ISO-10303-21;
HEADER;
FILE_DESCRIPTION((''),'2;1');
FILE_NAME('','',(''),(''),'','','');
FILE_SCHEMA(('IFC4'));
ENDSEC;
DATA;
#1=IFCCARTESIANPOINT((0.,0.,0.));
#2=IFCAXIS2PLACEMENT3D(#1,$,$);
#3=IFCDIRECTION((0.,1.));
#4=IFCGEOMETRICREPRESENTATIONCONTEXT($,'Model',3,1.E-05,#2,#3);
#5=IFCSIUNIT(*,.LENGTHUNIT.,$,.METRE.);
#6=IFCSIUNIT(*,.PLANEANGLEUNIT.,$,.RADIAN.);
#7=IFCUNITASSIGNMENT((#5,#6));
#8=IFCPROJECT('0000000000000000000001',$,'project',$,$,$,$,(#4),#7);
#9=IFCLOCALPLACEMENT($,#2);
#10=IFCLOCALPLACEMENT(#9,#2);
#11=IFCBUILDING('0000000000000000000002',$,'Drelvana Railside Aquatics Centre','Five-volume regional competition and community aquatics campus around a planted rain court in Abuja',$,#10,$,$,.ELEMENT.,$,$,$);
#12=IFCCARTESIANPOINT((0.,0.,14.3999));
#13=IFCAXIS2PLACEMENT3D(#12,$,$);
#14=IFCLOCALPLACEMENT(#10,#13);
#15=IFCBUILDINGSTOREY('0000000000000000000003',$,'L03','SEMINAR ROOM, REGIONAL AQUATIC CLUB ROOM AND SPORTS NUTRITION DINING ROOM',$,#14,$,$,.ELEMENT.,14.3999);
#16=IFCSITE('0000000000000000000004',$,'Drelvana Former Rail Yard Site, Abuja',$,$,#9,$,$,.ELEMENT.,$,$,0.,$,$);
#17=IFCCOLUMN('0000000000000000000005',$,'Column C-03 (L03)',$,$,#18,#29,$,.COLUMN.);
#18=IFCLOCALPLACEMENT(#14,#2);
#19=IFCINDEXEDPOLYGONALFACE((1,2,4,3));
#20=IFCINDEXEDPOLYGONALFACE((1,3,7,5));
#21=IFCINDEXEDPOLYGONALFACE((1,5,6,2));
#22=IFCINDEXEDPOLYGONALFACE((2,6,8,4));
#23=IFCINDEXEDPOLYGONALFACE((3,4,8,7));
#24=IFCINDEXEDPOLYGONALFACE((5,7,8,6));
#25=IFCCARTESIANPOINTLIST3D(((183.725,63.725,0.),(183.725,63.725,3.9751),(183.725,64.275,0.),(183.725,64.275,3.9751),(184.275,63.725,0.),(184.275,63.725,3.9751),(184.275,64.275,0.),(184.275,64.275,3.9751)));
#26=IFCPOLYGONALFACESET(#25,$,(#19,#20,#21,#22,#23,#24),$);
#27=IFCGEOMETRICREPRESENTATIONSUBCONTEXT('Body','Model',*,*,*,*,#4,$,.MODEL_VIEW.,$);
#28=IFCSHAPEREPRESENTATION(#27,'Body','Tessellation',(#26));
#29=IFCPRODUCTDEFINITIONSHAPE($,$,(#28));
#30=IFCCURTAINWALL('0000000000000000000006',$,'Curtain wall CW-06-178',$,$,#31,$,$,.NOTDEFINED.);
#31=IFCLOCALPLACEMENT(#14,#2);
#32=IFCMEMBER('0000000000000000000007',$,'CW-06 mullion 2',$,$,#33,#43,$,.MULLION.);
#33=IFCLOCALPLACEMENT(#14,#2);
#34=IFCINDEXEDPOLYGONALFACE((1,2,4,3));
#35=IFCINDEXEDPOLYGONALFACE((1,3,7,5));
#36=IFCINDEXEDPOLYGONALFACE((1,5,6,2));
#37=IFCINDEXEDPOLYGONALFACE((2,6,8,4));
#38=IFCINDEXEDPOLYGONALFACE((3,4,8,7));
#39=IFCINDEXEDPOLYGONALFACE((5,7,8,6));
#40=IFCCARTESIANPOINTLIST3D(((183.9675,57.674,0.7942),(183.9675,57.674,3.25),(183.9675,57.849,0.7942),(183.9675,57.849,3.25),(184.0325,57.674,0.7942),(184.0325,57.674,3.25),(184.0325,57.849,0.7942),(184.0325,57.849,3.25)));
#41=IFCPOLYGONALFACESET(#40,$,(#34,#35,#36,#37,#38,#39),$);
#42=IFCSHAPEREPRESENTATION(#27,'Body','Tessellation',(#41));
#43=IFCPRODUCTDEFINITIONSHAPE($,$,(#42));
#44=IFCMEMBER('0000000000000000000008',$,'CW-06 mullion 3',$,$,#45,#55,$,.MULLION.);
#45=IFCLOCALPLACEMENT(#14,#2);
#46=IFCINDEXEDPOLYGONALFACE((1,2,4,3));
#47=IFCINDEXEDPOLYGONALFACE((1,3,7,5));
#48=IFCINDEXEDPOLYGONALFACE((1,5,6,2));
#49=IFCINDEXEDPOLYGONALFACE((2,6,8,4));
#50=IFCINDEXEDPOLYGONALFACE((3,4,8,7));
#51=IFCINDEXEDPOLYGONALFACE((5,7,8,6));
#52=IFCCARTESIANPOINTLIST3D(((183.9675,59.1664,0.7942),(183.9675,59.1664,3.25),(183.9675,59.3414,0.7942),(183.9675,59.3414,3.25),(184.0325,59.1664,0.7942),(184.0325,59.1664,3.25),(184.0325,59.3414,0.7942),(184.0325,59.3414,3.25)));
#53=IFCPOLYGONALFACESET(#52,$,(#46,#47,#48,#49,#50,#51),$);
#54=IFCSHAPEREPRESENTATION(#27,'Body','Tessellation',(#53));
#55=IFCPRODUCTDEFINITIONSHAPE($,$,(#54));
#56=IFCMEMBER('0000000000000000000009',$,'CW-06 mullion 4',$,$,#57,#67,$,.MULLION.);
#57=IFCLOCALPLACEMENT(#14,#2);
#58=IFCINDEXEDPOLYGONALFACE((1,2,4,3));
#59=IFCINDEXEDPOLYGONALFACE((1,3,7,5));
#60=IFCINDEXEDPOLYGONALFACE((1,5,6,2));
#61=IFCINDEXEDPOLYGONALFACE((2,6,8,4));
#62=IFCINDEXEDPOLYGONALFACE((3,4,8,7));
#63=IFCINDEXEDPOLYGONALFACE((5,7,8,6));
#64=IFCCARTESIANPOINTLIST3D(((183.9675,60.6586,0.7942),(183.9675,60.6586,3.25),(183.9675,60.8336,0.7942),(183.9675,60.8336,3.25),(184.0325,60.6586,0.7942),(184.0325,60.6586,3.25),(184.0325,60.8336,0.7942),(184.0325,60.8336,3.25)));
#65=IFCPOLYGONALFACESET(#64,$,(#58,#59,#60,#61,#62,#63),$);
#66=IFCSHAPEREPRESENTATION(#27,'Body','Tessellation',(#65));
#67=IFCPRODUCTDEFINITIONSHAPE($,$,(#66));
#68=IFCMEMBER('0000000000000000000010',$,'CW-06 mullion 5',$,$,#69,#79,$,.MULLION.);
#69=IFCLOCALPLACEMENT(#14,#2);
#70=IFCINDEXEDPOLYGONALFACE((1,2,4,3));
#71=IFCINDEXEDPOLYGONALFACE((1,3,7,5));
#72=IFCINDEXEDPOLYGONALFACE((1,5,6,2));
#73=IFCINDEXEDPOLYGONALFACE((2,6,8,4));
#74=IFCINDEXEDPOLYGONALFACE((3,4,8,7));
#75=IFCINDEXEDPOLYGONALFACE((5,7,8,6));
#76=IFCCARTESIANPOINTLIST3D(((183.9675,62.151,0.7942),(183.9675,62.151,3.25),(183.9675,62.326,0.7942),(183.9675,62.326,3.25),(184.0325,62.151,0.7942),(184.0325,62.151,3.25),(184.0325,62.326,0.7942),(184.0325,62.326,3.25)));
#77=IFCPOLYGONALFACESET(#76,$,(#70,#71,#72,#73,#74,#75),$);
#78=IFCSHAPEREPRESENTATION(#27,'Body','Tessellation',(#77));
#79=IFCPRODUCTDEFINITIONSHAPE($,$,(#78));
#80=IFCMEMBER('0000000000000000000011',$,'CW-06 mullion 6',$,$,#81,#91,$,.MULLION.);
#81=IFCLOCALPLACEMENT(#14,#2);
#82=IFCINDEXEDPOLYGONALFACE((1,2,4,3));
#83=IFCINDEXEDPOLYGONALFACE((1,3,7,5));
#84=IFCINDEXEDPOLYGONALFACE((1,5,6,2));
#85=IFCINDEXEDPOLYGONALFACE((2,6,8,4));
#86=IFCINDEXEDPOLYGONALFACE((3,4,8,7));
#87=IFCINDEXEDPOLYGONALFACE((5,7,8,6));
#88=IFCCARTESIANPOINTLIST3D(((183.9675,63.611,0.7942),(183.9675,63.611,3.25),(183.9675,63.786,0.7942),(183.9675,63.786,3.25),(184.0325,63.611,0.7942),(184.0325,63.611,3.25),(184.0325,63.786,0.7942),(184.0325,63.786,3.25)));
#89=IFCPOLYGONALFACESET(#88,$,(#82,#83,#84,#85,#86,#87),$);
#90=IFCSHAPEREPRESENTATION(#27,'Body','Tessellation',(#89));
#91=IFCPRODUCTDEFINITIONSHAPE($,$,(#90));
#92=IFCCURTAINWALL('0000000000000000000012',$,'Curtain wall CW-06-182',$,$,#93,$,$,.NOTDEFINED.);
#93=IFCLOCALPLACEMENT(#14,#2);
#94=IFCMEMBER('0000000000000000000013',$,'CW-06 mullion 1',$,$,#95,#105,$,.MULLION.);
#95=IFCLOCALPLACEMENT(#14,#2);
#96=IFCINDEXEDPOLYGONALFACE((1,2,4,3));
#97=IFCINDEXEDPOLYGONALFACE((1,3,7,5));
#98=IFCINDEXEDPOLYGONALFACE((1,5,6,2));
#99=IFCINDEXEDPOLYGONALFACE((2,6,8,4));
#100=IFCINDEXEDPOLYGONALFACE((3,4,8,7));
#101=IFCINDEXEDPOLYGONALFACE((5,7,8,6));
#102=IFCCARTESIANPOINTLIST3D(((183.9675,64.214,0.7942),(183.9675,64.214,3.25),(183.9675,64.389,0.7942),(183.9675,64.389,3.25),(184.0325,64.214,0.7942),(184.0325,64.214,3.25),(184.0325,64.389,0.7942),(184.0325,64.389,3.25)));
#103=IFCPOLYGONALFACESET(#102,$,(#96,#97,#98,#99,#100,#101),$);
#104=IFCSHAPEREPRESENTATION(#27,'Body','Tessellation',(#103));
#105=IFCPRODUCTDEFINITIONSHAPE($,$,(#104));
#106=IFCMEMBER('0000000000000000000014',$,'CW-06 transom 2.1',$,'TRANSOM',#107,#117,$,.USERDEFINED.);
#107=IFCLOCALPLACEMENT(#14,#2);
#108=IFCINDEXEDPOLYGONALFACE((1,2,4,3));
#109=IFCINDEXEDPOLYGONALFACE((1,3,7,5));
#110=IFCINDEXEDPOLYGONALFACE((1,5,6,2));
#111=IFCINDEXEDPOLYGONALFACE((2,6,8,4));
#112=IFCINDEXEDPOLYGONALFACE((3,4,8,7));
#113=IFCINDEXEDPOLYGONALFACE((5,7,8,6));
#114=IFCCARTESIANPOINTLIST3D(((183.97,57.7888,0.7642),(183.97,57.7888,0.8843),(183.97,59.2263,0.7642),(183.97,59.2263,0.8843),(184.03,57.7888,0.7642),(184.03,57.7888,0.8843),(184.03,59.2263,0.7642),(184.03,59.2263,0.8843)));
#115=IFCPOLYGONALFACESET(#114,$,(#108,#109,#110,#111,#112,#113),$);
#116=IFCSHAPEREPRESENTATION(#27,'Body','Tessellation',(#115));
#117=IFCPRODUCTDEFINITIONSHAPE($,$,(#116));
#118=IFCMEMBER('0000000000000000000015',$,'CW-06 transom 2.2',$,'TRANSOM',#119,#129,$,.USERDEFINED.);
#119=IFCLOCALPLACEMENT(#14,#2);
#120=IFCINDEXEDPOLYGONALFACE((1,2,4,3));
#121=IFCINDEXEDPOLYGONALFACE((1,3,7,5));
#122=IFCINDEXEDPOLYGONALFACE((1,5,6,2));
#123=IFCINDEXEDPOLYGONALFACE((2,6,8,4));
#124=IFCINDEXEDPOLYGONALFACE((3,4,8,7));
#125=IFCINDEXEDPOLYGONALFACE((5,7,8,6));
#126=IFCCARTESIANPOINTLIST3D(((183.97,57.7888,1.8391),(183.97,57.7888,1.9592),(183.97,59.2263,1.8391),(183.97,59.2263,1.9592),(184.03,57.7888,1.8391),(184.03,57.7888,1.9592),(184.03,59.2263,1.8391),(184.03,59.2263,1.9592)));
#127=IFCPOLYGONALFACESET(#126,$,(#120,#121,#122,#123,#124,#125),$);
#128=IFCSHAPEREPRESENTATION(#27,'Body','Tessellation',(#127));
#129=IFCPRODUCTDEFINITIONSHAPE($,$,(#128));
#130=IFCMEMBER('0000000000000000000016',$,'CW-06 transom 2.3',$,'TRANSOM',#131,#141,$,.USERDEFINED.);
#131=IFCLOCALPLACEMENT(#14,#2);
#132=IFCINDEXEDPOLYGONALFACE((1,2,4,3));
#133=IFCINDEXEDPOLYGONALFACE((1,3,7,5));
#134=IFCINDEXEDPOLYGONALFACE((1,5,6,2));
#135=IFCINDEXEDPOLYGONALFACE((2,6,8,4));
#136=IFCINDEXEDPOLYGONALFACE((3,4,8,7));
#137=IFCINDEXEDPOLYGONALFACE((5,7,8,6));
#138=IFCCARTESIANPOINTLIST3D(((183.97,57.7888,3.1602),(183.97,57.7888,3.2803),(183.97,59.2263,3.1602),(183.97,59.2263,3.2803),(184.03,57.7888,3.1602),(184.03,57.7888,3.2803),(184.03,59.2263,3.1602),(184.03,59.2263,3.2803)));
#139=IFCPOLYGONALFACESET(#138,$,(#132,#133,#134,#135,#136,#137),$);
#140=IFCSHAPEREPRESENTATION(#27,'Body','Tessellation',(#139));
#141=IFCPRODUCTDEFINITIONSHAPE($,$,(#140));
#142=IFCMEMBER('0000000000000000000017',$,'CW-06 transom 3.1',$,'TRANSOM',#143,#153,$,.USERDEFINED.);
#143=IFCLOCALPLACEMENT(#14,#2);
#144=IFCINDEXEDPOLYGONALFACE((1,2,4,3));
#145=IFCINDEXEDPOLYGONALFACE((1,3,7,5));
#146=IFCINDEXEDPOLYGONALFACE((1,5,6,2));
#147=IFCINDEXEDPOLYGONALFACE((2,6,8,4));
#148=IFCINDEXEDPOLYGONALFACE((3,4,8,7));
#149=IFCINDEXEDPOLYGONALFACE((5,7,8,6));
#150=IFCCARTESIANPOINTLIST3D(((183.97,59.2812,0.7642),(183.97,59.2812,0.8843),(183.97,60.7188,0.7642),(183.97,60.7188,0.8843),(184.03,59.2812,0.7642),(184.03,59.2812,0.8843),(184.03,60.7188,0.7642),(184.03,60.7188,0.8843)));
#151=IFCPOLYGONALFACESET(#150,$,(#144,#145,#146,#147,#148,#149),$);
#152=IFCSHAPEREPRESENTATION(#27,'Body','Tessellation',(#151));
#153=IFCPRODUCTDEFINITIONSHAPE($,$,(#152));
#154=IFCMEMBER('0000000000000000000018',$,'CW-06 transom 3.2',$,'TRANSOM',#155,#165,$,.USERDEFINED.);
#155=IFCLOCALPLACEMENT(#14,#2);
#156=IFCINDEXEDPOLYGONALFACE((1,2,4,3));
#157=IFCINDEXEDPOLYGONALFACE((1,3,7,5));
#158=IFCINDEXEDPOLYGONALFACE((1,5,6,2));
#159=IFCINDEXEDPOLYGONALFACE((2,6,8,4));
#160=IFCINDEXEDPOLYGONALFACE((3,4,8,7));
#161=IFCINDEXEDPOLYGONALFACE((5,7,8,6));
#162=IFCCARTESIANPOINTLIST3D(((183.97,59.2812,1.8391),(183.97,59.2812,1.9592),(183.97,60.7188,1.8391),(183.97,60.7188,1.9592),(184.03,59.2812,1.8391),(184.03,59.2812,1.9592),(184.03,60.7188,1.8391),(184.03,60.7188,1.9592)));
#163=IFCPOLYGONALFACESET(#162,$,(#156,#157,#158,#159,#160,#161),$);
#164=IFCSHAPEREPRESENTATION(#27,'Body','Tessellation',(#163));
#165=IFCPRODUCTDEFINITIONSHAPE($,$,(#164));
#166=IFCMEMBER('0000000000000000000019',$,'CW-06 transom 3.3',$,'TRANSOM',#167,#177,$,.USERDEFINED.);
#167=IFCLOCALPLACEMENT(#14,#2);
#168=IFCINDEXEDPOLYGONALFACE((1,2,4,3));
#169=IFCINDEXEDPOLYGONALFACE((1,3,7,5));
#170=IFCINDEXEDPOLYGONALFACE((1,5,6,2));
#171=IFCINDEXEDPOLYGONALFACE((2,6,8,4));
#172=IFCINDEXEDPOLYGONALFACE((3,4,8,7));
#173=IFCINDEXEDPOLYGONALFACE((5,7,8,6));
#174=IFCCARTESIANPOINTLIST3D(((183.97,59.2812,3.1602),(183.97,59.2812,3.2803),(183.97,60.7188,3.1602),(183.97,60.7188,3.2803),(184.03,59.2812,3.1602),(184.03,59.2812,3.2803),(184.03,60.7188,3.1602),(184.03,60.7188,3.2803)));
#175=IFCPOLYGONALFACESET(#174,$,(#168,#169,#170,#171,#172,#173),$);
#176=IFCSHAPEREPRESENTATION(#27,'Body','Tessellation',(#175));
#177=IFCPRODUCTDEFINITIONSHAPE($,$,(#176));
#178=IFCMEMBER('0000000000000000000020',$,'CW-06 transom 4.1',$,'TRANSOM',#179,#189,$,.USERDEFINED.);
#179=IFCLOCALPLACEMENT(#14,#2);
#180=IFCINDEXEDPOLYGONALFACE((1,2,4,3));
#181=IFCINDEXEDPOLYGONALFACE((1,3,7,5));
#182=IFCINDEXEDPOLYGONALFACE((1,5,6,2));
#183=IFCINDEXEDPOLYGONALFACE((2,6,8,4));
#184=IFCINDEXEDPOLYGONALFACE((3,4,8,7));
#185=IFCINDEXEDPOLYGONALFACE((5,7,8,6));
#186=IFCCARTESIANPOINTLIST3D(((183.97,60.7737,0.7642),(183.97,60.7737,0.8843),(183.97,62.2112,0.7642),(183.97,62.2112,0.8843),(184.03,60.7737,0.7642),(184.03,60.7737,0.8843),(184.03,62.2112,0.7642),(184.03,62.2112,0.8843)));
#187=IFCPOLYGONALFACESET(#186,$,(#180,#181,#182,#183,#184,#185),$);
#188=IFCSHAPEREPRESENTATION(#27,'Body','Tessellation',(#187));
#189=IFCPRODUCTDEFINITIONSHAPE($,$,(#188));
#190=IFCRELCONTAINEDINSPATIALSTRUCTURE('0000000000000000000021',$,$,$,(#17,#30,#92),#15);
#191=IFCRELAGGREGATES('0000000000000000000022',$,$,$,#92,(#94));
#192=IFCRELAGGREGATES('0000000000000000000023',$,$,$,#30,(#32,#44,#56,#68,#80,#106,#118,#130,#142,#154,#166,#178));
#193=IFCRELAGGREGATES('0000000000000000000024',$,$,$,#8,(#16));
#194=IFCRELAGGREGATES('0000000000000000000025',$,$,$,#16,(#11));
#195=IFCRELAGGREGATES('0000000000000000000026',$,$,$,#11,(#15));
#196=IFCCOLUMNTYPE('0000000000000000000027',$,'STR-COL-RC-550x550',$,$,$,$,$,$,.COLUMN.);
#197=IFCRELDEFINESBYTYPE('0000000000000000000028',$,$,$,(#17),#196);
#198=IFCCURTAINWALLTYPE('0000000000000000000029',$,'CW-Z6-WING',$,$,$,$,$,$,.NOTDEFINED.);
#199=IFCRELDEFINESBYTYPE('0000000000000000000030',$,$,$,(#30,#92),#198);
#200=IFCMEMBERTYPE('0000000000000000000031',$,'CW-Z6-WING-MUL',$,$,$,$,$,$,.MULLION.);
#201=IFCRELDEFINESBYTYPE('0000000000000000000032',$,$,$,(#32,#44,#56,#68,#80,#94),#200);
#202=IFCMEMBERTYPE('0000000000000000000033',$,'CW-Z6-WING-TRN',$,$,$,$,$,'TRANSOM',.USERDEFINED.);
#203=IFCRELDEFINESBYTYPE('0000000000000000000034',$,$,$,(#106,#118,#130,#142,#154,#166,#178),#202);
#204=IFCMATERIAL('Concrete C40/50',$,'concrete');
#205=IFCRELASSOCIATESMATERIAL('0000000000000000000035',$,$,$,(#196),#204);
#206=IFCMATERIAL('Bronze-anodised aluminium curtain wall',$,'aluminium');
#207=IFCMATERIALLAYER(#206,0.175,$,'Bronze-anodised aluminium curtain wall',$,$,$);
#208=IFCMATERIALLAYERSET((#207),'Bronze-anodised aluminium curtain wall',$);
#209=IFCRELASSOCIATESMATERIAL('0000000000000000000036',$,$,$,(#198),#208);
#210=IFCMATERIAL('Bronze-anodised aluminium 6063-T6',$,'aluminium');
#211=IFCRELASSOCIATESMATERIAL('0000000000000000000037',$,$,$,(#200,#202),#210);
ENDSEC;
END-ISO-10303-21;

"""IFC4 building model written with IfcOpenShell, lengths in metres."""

from ifc_helpers import new_model, si_unit, direction, frame, origin, origin_2d, place, context, subcontext, project, spatial, rectangle, extrude, material, layer, layer_set, material_profile, profile_set, type_object, element, aggregate, save


model = new_model("IFC4")

# Units and contexts
model_context = context("Model", 3, precision=1e-05, world=origin(), true_north=direction((0.0, 1.0)))
body_context = subcontext(model_context, "Body", "Model", "MODEL_VIEW")
ifc_project = project(units=[si_unit("LENGTHUNIT", "METRE"), si_unit("PLANEANGLEUNIT", "RADIAN")], contexts=[model_context])

# Site, building, storey
site_placement = place(None, origin())
site = spatial("IfcSite", under=ifc_project, at=site_placement, Name="Drelvana Former Rail Yard Site, Abuja", CompositionType="ELEMENT", RefElevation=0.0)
building_placement = place(site_placement, origin())
building = spatial("IfcBuilding", under=site, at=building_placement, Name="Drelvana Railside Aquatics Centre", Description="Five-volume regional competition and community aquatics campus around a planted rain court in Abuja", CompositionType="ELEMENT")
storey_placement = place(building_placement, frame((0.0, 0.0, 14.3999)))
storey = spatial("IfcBuildingStorey", under=building, at=storey_placement, Name="L03", Description="SEMINAR ROOM, REGIONAL AQUATIC CLUB ROOM AND SPORTS NUTRITION DINING ROOM", CompositionType="ELEMENT", Elevation=14.3999)

# Column
ifc_material_1 = material(Name="Concrete C40/50", Category="concrete")
ifc_material_profile_1 = material_profile(ifc_material_1, rectangle(XDim=0.55, YDim=0.55, at=origin_2d()), Name="RC 550x550")
ifc_profile_set_1 = profile_set([ifc_material_profile_1], Name="Concrete C40/50")
column_type = type_object("IfcColumnType", Name="STR-COL-RC-550x550", PredefinedType="COLUMN", material=ifc_profile_set_1)
column_placement = place(storey_placement, frame((184.0, 64.0, 0.0), z_axis=(0.0, 0.0, 1.0), x_axis=(1.0, 0.0, 0.0)))
element("IfcColumn", 1, at=column_placement, inside=storey, type_object=column_type, Name="Column C-03 (L03)", PredefinedType="COLUMN", context=body_context, shape_type="SweptSolid", body=[
    extrude(rectangle(XDim=0.55, YDim=0.55, at=origin_2d()), origin(), (0.0, 0.0, 1.0), 3.9751),
])

# Curtain wall, members
ifc_material_2 = material(Name="Bronze-anodised aluminium curtain wall", Category="aluminium")
ifc_layer_1 = layer(ifc_material_2, 0.175, Name="Bronze-anodised aluminium curtain wall")
ifc_layer_set_1 = layer_set([ifc_layer_1], Name="Bronze-anodised aluminium curtain wall")
curtain_wall_type = type_object("IfcCurtainWallType", Name="CW-Z6-WING", PredefinedType="NOTDEFINED", material=ifc_layer_set_1)
curtain_wall_1_placement = place(storey_placement, origin())
curtain_wall_1 = element("IfcCurtainWall", 2, at=curtain_wall_1_placement, inside=storey, type_object=curtain_wall_type, Name="Curtain wall CW-06-178", PredefinedType="NOTDEFINED")
ifc_material_3 = material(Name="Bronze-anodised aluminium 6063-T6", Category="aluminium")
ifc_material_profile_2 = material_profile(ifc_material_3, rectangle(XDim=0.0649, YDim=0.175, at=origin_2d()), Name="ALU-M 65x175")
ifc_profile_set_2 = profile_set([ifc_material_profile_2], Name="Bronze-anodised aluminium 6063-T6")
member_type_1 = type_object("IfcMemberType", Name="CW-Z6-WING-MUL", PredefinedType="MULLION", material=ifc_profile_set_2)
member_1_placement = place(storey_placement, frame((184.0, 57.7615, 0.7942), z_axis=(0.0, 0.0, 1.0), x_axis=(-1.0, 0.0, 0.0)))
member_1 = element("IfcMember", 3, at=member_1_placement, type_object=member_type_1, Name="CW-06 mullion 2", PredefinedType="MULLION", context=body_context, shape_type="SweptSolid", body=[
    extrude(rectangle(XDim=0.0649, YDim=0.175, at=origin_2d()), origin(), (0.0, 0.0, 1.0), 2.4558),
])
member_2_placement = place(storey_placement, frame((184.0, 59.2539, 0.7942), z_axis=(0.0, 0.0, 1.0), x_axis=(-1.0, 0.0, 0.0)))
member_2 = element("IfcMember", 4, at=member_2_placement, type_object=member_type_1, Name="CW-06 mullion 3", PredefinedType="MULLION", context=body_context, shape_type="SweptSolid", body=[
    extrude(rectangle(XDim=0.0649, YDim=0.175, at=origin_2d()), origin(), (0.0, 0.0, 1.0), 2.4558),
])
member_3_placement = place(storey_placement, frame((184.0, 60.7461, 0.7942), z_axis=(0.0, 0.0, 1.0), x_axis=(-1.0, 0.0, 0.0)))
member_3 = element("IfcMember", 5, at=member_3_placement, type_object=member_type_1, Name="CW-06 mullion 4", PredefinedType="MULLION", context=body_context, shape_type="SweptSolid", body=[
    extrude(rectangle(XDim=0.0649, YDim=0.175, at=origin_2d()), origin(), (0.0, 0.0, 1.0), 2.4558),
])
member_4_placement = place(storey_placement, frame((184.0, 62.2385, 0.7942), z_axis=(0.0, 0.0, 1.0), x_axis=(-1.0, 0.0, 0.0)))
member_4 = element("IfcMember", 6, at=member_4_placement, type_object=member_type_1, Name="CW-06 mullion 5", PredefinedType="MULLION", context=body_context, shape_type="SweptSolid", body=[
    extrude(rectangle(XDim=0.0649, YDim=0.175, at=origin_2d()), origin(), (0.0, 0.0, 1.0), 2.4558),
])
member_5_placement = place(storey_placement, frame((184.0, 63.6985, 0.7942), z_axis=(0.0, 0.0, 1.0), x_axis=(-1.0, 0.0, 0.0)))
member_5 = element("IfcMember", 7, at=member_5_placement, type_object=member_type_1, Name="CW-06 mullion 6", PredefinedType="MULLION", context=body_context, shape_type="SweptSolid", body=[
    extrude(rectangle(XDim=0.0649, YDim=0.175, at=origin_2d()), origin(), (0.0, 0.0, 1.0), 2.4558),
])

# Curtain wall, member
curtain_wall_2_placement = place(storey_placement, origin())
curtain_wall_2 = element("IfcCurtainWall", 8, at=curtain_wall_2_placement, inside=storey, type_object=curtain_wall_type, Name="Curtain wall CW-06-182", PredefinedType="NOTDEFINED")
member_6_placement = place(storey_placement, frame((184.0, 64.3015, 0.7942), z_axis=(0.0, 0.0, 1.0), x_axis=(-1.0, 0.0, 0.0)))
member_6 = element("IfcMember", 9, at=member_6_placement, type_object=member_type_1, Name="CW-06 mullion 1", PredefinedType="MULLION", context=body_context, shape_type="SweptSolid", body=[
    extrude(rectangle(XDim=0.0649, YDim=0.175, at=origin_2d()), origin(), (0.0, 0.0, 1.0), 2.4558),
])
aggregate(curtain_wall_2, [member_6])

# Members
ifc_material_profile_3 = material_profile(ifc_material_3, rectangle(XDim=0.1201, YDim=0.0601, at=origin_2d()), Name="ALU-T 60x120")
ifc_profile_set_3 = profile_set([ifc_material_profile_3], Name="Bronze-anodised aluminium 6063-T6")
member_type_2 = type_object("IfcMemberType", Name="CW-Z6-WING-TRN", ElementType="TRANSOM", PredefinedType="USERDEFINED", material=ifc_profile_set_3)
member_7_placement = place(storey_placement, frame((184.0, 57.7888, 0.8242), z_axis=(0.0, 1.0, 0.0), x_axis=(0.0, 0.0, 1.0)))
member_7 = element("IfcMember", 10, at=member_7_placement, type_object=member_type_2, Name="CW-06 transom 2.1", ObjectType="TRANSOM", PredefinedType="USERDEFINED", context=body_context, shape_type="SweptSolid", body=[
    extrude(rectangle(XDim=0.1201, YDim=0.0601, at=origin_2d()), origin(), (0.0, 0.0, 1.0), 1.4375),
])
member_8_placement = place(storey_placement, frame((184.0, 57.7888, 1.8992), z_axis=(0.0, 1.0, 0.0), x_axis=(0.0, 0.0, 1.0)))
member_8 = element("IfcMember", 11, at=member_8_placement, type_object=member_type_2, Name="CW-06 transom 2.2", ObjectType="TRANSOM", PredefinedType="USERDEFINED", context=body_context, shape_type="SweptSolid", body=[
    extrude(rectangle(XDim=0.1201, YDim=0.0601, at=origin_2d()), origin(), (0.0, 0.0, 1.0), 1.4375),
])
member_9_placement = place(storey_placement, frame((184.0, 57.7888, 3.2202), z_axis=(0.0, 1.0, 0.0), x_axis=(0.0, 0.0, 1.0)))
member_9 = element("IfcMember", 12, at=member_9_placement, type_object=member_type_2, Name="CW-06 transom 2.3", ObjectType="TRANSOM", PredefinedType="USERDEFINED", context=body_context, shape_type="SweptSolid", body=[
    extrude(rectangle(XDim=0.1201, YDim=0.0601, at=origin_2d()), origin(), (0.0, 0.0, 1.0), 1.4375),
])
member_10_placement = place(storey_placement, frame((184.0, 59.2812, 0.8242), z_axis=(0.0, 1.0, 0.0), x_axis=(0.0, 0.0, 1.0)))
member_10 = element("IfcMember", 13, at=member_10_placement, type_object=member_type_2, Name="CW-06 transom 3.1", ObjectType="TRANSOM", PredefinedType="USERDEFINED", context=body_context, shape_type="SweptSolid", body=[
    extrude(rectangle(XDim=0.1201, YDim=0.0601, at=origin_2d()), origin(), (0.0, 0.0, 1.0), 1.4375),
])
member_11_placement = place(storey_placement, frame((184.0, 59.2812, 1.8992), z_axis=(0.0, 1.0, 0.0), x_axis=(0.0, 0.0, 1.0)))
member_11 = element("IfcMember", 14, at=member_11_placement, type_object=member_type_2, Name="CW-06 transom 3.2", ObjectType="TRANSOM", PredefinedType="USERDEFINED", context=body_context, shape_type="SweptSolid", body=[
    extrude(rectangle(XDim=0.1201, YDim=0.0601, at=origin_2d()), origin(), (0.0, 0.0, 1.0), 1.4375),
])
member_12_placement = place(storey_placement, frame((184.0, 59.2812, 3.2202), z_axis=(0.0, 1.0, 0.0), x_axis=(0.0, 0.0, 1.0)))
member_12 = element("IfcMember", 15, at=member_12_placement, type_object=member_type_2, Name="CW-06 transom 3.3", ObjectType="TRANSOM", PredefinedType="USERDEFINED", context=body_context, shape_type="SweptSolid", body=[
    extrude(rectangle(XDim=0.1201, YDim=0.0601, at=origin_2d()), origin(), (0.0, 0.0, 1.0), 1.4375),
])
member_13_placement = place(storey_placement, frame((184.0, 60.7737, 0.8242), z_axis=(0.0, 1.0, 0.0), x_axis=(0.0, 0.0, 1.0)))
member_13 = element("IfcMember", 16, at=member_13_placement, type_object=member_type_2, Name="CW-06 transom 4.1", ObjectType="TRANSOM", PredefinedType="USERDEFINED", context=body_context, shape_type="SweptSolid", body=[
    extrude(rectangle(XDim=0.1201, YDim=0.0601, at=origin_2d()), origin(), (0.0, 0.0, 1.0), 1.4375),
])

aggregate(curtain_wall_1, [member_1, member_2, member_3, member_4, member_5, member_7, member_8, member_9, member_10, member_11, member_12, member_13])

save(model, "model.ifc")
